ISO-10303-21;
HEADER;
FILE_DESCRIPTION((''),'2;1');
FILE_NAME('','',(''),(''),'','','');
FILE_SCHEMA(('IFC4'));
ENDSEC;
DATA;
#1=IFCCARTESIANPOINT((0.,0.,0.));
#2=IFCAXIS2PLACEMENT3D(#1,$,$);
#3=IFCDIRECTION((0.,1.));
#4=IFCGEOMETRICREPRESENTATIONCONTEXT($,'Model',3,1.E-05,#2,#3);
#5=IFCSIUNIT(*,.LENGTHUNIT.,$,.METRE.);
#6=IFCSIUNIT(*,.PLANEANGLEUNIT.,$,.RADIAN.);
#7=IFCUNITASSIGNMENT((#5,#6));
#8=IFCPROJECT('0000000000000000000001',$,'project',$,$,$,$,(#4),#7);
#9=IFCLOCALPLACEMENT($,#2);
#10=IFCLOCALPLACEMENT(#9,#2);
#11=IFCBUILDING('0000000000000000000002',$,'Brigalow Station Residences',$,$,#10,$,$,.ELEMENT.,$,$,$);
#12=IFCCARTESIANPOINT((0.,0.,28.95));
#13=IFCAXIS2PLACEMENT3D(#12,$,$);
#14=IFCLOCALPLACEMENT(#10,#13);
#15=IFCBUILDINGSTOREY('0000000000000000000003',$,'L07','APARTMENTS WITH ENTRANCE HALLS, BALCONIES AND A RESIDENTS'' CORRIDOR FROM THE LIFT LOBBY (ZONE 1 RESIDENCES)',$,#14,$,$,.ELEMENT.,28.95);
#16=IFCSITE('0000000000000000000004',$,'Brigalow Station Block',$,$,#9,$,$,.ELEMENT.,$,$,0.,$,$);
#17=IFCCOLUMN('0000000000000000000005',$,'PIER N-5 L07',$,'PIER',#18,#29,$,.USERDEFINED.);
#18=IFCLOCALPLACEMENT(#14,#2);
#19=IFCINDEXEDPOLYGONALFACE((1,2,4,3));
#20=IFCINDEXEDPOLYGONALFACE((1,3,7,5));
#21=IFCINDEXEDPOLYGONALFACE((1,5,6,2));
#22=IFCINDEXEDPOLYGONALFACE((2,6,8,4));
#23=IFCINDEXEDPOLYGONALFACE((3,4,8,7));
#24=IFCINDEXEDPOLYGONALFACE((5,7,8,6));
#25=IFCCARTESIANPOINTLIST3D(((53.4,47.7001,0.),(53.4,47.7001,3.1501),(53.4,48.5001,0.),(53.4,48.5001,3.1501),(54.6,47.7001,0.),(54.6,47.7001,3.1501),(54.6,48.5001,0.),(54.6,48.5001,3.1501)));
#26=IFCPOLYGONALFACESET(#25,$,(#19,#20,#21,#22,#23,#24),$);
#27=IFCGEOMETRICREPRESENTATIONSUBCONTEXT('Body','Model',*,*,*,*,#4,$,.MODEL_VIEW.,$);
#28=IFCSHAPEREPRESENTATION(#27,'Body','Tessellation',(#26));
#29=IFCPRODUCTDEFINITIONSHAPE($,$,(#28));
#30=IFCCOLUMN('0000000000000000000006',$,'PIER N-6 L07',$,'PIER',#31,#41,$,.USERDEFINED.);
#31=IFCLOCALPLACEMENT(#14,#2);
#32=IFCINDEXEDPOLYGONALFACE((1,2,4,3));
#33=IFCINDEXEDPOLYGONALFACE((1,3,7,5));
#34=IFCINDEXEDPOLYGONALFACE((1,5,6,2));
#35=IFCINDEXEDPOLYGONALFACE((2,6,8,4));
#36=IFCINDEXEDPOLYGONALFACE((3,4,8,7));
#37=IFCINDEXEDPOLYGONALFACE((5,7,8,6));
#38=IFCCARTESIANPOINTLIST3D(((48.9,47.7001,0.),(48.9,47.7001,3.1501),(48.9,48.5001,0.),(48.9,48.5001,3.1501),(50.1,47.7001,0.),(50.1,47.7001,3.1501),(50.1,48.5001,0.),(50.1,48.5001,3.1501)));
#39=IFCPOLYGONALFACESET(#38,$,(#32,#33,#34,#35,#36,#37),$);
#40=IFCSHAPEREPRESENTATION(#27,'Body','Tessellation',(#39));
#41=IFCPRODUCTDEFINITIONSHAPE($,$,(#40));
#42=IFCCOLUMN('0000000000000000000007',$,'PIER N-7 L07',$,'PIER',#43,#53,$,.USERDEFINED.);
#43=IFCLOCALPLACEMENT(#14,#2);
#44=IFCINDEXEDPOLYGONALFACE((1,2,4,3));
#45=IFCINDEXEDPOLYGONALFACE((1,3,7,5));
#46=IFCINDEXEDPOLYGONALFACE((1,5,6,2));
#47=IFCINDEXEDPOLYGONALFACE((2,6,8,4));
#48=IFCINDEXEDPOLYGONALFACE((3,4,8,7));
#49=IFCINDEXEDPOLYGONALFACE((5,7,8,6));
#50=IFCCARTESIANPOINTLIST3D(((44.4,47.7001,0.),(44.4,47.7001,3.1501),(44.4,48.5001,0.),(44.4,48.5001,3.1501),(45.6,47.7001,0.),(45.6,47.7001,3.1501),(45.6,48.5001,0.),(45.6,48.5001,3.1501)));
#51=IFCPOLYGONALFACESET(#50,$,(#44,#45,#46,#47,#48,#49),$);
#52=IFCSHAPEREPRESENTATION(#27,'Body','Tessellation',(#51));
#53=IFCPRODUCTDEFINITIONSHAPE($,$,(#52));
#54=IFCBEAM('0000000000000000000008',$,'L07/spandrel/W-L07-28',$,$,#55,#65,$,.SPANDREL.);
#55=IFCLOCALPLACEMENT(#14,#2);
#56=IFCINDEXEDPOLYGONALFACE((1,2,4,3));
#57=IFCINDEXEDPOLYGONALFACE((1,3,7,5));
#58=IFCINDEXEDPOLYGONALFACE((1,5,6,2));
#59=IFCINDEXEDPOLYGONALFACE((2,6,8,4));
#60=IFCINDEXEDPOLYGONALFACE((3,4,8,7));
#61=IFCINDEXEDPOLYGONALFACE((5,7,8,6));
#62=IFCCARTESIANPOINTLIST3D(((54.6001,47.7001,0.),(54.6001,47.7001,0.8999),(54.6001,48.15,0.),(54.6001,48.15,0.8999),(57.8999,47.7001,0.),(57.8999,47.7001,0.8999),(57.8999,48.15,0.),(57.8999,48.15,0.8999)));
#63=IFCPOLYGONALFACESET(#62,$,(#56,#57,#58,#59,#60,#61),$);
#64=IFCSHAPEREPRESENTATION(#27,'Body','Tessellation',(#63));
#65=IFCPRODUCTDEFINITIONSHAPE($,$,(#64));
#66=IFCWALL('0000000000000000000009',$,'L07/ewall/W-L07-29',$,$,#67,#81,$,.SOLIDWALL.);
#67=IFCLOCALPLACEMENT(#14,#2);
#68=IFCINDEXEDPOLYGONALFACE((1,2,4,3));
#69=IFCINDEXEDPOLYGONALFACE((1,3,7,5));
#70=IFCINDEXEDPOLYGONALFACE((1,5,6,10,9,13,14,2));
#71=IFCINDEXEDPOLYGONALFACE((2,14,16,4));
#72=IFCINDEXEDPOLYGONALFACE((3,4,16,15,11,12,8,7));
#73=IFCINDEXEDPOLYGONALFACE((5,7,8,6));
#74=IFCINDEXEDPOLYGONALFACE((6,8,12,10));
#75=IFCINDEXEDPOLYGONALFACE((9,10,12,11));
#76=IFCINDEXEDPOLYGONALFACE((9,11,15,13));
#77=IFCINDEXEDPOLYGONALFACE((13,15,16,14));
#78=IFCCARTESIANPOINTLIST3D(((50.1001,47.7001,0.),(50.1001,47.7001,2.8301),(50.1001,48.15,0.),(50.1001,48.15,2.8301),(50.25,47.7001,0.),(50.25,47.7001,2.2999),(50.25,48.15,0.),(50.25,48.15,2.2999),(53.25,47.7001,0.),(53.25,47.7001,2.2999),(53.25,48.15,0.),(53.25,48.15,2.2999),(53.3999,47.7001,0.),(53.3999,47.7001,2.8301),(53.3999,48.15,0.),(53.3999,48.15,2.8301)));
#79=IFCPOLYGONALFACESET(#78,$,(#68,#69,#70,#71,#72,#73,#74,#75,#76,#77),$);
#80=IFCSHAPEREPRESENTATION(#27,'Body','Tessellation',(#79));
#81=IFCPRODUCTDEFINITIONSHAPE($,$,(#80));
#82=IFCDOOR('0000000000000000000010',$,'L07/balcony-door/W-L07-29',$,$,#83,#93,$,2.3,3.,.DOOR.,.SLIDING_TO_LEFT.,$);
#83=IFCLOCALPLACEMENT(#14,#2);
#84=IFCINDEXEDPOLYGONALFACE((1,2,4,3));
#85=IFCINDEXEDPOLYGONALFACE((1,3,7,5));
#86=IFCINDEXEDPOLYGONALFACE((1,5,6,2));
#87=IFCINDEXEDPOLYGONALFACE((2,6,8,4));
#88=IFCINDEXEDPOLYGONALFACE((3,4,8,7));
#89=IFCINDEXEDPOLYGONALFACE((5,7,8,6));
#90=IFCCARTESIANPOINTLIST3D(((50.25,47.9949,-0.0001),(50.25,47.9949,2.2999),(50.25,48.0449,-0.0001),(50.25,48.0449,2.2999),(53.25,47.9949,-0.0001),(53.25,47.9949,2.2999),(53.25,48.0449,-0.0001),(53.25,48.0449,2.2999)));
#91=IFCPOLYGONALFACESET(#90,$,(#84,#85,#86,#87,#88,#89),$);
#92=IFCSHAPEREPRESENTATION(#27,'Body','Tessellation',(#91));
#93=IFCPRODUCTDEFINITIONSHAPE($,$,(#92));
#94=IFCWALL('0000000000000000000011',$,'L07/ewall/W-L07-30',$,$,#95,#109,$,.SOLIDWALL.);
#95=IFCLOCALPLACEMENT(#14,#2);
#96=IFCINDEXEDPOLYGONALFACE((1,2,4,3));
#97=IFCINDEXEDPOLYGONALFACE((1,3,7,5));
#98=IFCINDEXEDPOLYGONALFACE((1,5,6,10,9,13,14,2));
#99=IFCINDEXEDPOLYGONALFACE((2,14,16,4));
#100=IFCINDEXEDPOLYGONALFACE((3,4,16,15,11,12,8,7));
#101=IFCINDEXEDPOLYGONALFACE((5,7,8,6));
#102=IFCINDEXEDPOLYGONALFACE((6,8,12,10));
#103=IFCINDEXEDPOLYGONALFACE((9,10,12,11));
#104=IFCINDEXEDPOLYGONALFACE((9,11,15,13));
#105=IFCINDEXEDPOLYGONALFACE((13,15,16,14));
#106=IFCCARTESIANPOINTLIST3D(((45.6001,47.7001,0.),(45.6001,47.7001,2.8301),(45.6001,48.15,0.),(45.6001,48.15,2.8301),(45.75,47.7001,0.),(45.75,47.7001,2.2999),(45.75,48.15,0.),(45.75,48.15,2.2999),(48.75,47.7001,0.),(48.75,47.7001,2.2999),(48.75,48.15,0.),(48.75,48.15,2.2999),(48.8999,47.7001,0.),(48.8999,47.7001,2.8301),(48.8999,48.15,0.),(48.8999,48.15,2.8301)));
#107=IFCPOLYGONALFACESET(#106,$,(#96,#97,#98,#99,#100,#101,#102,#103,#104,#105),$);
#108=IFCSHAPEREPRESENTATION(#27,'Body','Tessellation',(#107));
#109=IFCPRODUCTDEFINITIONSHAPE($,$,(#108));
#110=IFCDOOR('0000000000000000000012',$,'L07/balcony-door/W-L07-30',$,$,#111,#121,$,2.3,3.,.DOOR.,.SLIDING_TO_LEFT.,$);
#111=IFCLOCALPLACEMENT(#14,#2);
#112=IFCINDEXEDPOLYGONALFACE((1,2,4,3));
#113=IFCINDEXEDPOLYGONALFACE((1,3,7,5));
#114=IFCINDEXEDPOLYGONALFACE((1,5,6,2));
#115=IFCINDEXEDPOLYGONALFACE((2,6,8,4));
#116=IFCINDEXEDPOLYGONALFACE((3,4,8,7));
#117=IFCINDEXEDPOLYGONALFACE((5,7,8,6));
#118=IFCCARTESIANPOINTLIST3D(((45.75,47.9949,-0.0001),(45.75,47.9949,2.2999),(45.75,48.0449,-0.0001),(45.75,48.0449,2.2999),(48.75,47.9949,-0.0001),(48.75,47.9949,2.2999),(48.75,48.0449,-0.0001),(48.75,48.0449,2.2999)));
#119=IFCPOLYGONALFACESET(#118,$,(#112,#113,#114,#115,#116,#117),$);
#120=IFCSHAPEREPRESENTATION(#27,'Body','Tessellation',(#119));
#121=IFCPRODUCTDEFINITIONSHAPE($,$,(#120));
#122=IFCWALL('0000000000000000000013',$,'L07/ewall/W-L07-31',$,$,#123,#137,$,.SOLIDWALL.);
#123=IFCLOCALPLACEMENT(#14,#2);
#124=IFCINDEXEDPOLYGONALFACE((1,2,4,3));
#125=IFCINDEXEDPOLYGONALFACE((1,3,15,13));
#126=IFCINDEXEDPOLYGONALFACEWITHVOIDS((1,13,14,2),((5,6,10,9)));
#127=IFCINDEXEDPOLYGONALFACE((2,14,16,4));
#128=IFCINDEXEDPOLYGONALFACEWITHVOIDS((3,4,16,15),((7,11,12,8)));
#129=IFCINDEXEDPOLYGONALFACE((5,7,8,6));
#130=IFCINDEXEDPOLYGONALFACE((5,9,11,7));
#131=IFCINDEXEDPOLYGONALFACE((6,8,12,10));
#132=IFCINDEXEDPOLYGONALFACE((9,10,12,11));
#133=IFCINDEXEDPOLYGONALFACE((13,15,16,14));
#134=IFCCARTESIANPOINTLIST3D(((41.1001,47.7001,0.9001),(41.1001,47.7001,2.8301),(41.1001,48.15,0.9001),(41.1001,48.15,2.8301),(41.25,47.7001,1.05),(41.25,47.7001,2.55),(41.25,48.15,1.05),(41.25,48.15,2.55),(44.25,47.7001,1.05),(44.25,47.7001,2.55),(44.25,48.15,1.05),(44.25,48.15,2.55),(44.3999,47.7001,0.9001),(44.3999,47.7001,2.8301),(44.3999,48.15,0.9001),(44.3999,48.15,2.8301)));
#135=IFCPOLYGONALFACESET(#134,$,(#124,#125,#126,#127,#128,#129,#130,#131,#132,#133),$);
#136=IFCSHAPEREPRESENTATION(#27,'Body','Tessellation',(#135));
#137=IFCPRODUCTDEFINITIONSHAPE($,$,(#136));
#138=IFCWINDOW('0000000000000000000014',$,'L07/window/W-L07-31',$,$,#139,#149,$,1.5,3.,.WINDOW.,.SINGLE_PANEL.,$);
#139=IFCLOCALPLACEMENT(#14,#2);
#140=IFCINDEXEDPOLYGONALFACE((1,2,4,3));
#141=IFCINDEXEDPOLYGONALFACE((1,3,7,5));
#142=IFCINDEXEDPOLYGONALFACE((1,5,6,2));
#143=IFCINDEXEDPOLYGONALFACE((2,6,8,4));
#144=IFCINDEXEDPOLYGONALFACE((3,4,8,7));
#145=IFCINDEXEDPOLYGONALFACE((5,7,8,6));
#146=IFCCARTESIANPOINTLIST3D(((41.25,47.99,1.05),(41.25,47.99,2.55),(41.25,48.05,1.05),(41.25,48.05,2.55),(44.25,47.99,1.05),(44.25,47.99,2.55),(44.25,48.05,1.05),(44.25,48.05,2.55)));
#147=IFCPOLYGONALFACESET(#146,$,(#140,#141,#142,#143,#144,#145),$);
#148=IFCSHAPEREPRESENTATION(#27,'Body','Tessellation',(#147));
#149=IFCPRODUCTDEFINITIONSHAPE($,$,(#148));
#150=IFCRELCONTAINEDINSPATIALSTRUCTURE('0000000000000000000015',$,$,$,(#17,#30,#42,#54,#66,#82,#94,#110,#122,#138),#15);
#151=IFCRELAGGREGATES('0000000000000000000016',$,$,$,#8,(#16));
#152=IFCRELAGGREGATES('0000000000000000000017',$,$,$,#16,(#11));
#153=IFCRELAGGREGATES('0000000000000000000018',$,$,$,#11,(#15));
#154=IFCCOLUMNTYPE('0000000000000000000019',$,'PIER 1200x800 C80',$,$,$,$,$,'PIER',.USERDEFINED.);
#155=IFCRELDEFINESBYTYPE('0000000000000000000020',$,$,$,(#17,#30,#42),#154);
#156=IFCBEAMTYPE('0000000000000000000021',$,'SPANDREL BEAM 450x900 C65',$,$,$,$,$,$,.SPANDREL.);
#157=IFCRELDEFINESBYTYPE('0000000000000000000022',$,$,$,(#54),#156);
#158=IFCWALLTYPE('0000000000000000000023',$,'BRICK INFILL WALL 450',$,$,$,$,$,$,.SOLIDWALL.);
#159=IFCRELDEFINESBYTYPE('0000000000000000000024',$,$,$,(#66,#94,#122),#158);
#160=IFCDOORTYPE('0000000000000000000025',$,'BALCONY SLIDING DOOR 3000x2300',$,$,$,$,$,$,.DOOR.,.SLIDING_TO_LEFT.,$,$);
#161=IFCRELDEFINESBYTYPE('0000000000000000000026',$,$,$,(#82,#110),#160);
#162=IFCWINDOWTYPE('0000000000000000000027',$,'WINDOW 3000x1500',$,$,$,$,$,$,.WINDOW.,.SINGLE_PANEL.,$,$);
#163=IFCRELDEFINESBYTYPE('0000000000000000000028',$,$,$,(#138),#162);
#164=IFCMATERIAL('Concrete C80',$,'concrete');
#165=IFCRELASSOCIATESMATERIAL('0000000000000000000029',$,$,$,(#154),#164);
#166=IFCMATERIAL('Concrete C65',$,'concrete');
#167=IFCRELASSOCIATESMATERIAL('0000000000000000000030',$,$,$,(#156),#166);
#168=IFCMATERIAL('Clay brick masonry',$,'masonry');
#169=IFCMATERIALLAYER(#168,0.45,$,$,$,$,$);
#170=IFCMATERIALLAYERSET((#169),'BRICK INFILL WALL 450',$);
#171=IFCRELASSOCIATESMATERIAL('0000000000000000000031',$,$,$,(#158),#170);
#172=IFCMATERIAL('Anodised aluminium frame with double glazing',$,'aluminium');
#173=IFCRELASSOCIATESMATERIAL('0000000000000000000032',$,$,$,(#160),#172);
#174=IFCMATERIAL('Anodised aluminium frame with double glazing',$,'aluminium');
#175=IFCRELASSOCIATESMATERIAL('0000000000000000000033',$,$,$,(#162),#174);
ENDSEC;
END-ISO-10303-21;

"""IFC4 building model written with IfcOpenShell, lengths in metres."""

from ifc_helpers import new_model, si_unit, direction, frame, frame_2d, origin, origin_2d, place, context, subcontext, project, spatial, rectangle, extrude, material, layer, layer_set, material_profile, profile_set, type_object, element, fill, save


model = new_model("IFC4")

# Units and contexts
model_context = context("Model", 3, precision=1e-05, world=origin(), true_north=direction((0.0, 1.0)))
body_context = subcontext(model_context, "Body", "Model", "MODEL_VIEW")
ifc_project = project(units=[si_unit("LENGTHUNIT", "METRE"), si_unit("PLANEANGLEUNIT", "RADIAN")], contexts=[model_context])

# Site, building, storey
site_placement = place(None, origin())
site = spatial("IfcSite", under=ifc_project, at=site_placement, Name="Brigalow Station Block", CompositionType="ELEMENT", RefElevation=0.0)
building_placement = place(site_placement, origin())
building = spatial("IfcBuilding", under=site, at=building_placement, Name="Brigalow Station Residences", CompositionType="ELEMENT")
storey_placement = place(building_placement, frame((0.0, 0.0, 28.95)))
storey = spatial("IfcBuildingStorey", under=building, at=storey_placement, Name="L07", Description="APARTMENTS WITH ENTRANCE HALLS, BALCONIES AND A RESIDENTS' CORRIDOR FROM THE LIFT LOBBY (ZONE 1 RESIDENCES)", CompositionType="ELEMENT", Elevation=28.95)

# Columns
ifc_material_1 = material(Name="Concrete C80", Category="concrete")
ifc_material_profile_1 = material_profile(ifc_material_1, rectangle(XDim=1.2, YDim=0.8, at=origin_2d()), Name="RC1200x800")
ifc_profile_set_1 = profile_set([ifc_material_profile_1], Name="Concrete C80")
column_type = type_object("IfcColumnType", Name="PIER 1200x800 C80", ElementType="PIER", PredefinedType="USERDEFINED", material=ifc_profile_set_1)
for number, where, z_axis, x_axis, name in (
    (1, (54.0, 48.1001, 0.0), (0.0, 0.0, 1.0), (-1.0, 0.0, 0.0), "PIER N-5 L07"),
    (2, (49.5, 48.1001, 0.0), (0.0, 0.0, 1.0), (-1.0, 0.0, 0.0), "PIER N-6 L07"),
    (3, (45.0, 48.1001, 0.0), (0.0, 0.0, 1.0), (-1.0, 0.0, 0.0), "PIER N-7 L07"),
):
    element("IfcColumn", number, at=place(storey_placement, frame(where, z_axis=z_axis, x_axis=x_axis)), inside=storey, type_object=column_type, Name=name, ObjectType="PIER", PredefinedType="USERDEFINED", context=body_context, shape_type="SweptSolid", body=[
        extrude(rectangle(XDim=1.2, YDim=0.8, at=origin_2d()), origin(), (0.0, 0.0, 1.0), 3.1501),
    ])

# Beam
ifc_material_2 = material(Name="Concrete C65", Category="concrete")
ifc_material_profile_2 = material_profile(ifc_material_2, rectangle(XDim=0.45, YDim=0.8999, at=origin_2d()), Name="RC450x900")
ifc_profile_set_2 = profile_set([ifc_material_profile_2], Name="Concrete C65")
beam_type = type_object("IfcBeamType", Name="SPANDREL BEAM 450x900 C65", PredefinedType="SPANDREL", material=ifc_profile_set_2)
beam_placement = place(storey_placement, frame((57.8999, 47.925, 0.45), z_axis=(-1.0, 0.0, 0.0), x_axis=(0.0, -1.0, 0.0)))
element("IfcBeam", 4, at=beam_placement, inside=storey, type_object=beam_type, Name="L07/spandrel/W-L07-28", PredefinedType="SPANDREL", context=body_context, shape_type="SweptSolid", body=[
    extrude(rectangle(XDim=0.45, YDim=0.8999, at=origin_2d()), origin(), (0.0, 0.0, 1.0), 3.2998),
])

# Walls, openings, doors
ifc_material_3 = material(Name="Clay brick masonry", Category="masonry")
ifc_layer_1 = layer(ifc_material_3, 0.45)
ifc_layer_set_1 = layer_set([ifc_layer_1], Name="BRICK INFILL WALL 450")
wall_type_1 = type_object("IfcWallType", Name="BRICK INFILL WALL 450", PredefinedType="SOLIDWALL", material=ifc_layer_set_1)
wall_1_placement = place(storey_placement, frame((53.3999, 47.925, 0.0), z_axis=(0.0, 0.0, 1.0), x_axis=(-1.0, 0.0, 0.0)))
wall_1 = element("IfcWall", 5, at=wall_1_placement, inside=storey, type_object=wall_type_1, Name="L07/ewall/W-L07-29", PredefinedType="SOLIDWALL", context=body_context, shape_type="SweptSolid", body=[
    extrude(rectangle(XDim=3.2998, YDim=0.45, at=frame_2d((1.6499, 0.0))), origin(), (0.0, 0.0, 1.0), 2.8301),
])
opening_1_placement = place(wall_1_placement, frame((0.1499, 0.0, 0.0)))
opening_1 = element("IfcOpeningElement", 6, at=opening_1_placement, cuts=wall_1, PredefinedType="OPENING", context=body_context, shape_type="SweptSolid", body=[
    extrude(rectangle(XDim=3.0, YDim=2.3, at=frame_2d((1.5, 1.1499))), frame((0.0, 0.2349, 0.0), z_axis=(0.0, -1.0, 0.0), x_axis=(1.0, 0.0, 0.0)), (0.0, 0.0, 1.0), 0.47),
])
ifc_material_4 = material(Name="Anodised aluminium frame with double glazing", Category="aluminium")
door_type_1 = type_object("IfcDoorType", Name="BALCONY SLIDING DOOR 3000x2300", OperationType="SLIDING_TO_LEFT", PredefinedType="DOOR", material=ifc_material_4)
door_1_placement = place(opening_1_placement, origin())
door_1 = element("IfcDoor", 7, at=door_1_placement, inside=storey, type_object=door_type_1, Name="L07/balcony-door/W-L07-29", OperationType="SLIDING_TO_LEFT", OverallHeight=2.3, OverallWidth=3.0, PredefinedType="DOOR", context=body_context, shape_type="SweptSolid", body=[
    extrude(rectangle(XDim=3.0, YDim=2.3, at=frame_2d((1.5, 1.1499))), frame((0.0, -0.0698, 0.0), z_axis=(0.0, -1.0, 0.0), x_axis=(1.0, 0.0, 0.0)), (0.0, 0.0, 1.0), 0.05),
])
fill(opening_1, door_1)
wall_2_placement = place(storey_placement, frame((48.8999, 47.925, 0.0), z_axis=(0.0, 0.0, 1.0), x_axis=(-1.0, 0.0, 0.0)))
wall_2 = element("IfcWall", 8, at=wall_2_placement, inside=storey, type_object=wall_type_1, Name="L07/ewall/W-L07-30", PredefinedType="SOLIDWALL", context=body_context, shape_type="SweptSolid", body=[
    extrude(rectangle(XDim=3.2998, YDim=0.45, at=frame_2d((1.6499, 0.0))), origin(), (0.0, 0.0, 1.0), 2.8301),
])
opening_2_placement = place(wall_2_placement, frame((0.1499, 0.0, 0.0)))
opening_2 = element("IfcOpeningElement", 9, at=opening_2_placement, cuts=wall_2, PredefinedType="OPENING", context=body_context, shape_type="SweptSolid", body=[
    extrude(rectangle(XDim=3.0, YDim=2.3, at=frame_2d((1.5, 1.1499))), frame((0.0, 0.2349, 0.0), z_axis=(0.0, -1.0, 0.0), x_axis=(1.0, 0.0, 0.0)), (0.0, 0.0, 1.0), 0.47),
])
door_2_placement = place(opening_2_placement, origin())
door_2 = element("IfcDoor", 10, at=door_2_placement, inside=storey, type_object=door_type_1, Name="L07/balcony-door/W-L07-30", OperationType="SLIDING_TO_LEFT", OverallHeight=2.3, OverallWidth=3.0, PredefinedType="DOOR", context=body_context, shape_type="SweptSolid", body=[
    extrude(rectangle(XDim=3.0, YDim=2.3, at=frame_2d((1.5, 1.1499))), frame((0.0, -0.0698, 0.0), z_axis=(0.0, -1.0, 0.0), x_axis=(1.0, 0.0, 0.0)), (0.0, 0.0, 1.0), 0.05),
])
fill(opening_2, door_2)

# Wall, opening, window
wall_3_placement = place(storey_placement, frame((44.3999, 47.925, 0.9001), z_axis=(0.0, 0.0, 1.0), x_axis=(-1.0, 0.0, 0.0)))
wall_3 = element("IfcWall", 11, at=wall_3_placement, inside=storey, type_object=wall_type_1, Name="L07/ewall/W-L07-31", PredefinedType="SOLIDWALL", context=body_context, shape_type="SweptSolid", body=[
    extrude(rectangle(XDim=3.2998, YDim=0.45, at=frame_2d((1.6499, 0.0))), origin(), (0.0, 0.0, 1.0), 1.9299),
])
opening_3_placement = place(wall_3_placement, frame((0.1499, 0.0, 0.1499)))
opening_3 = element("IfcOpeningElement", 12, at=opening_3_placement, cuts=wall_3, PredefinedType="OPENING", context=body_context, shape_type="SweptSolid", body=[
    extrude(rectangle(XDim=3.0, YDim=1.5, at=frame_2d((1.5, 0.75))), frame((0.0, 0.2349, 0.0), z_axis=(0.0, -1.0, 0.0), x_axis=(1.0, 0.0, 0.0)), (0.0, 0.0, 1.0), 0.47),
])
ifc_material_5 = material(Name="Anodised aluminium frame with double glazing", Category="aluminium")
window_type = type_object("IfcWindowType", Name="WINDOW 3000x1500", PartitioningType="SINGLE_PANEL", PredefinedType="WINDOW", material=ifc_material_5)
window_placement = place(opening_3_placement, origin())
window = element("IfcWindow", 13, at=window_placement, inside=storey, type_object=window_type, Name="L07/window/W-L07-31", OverallHeight=1.5, OverallWidth=3.0, PartitioningType="SINGLE_PANEL", PredefinedType="WINDOW", context=body_context, shape_type="SweptSolid", body=[
    extrude(rectangle(XDim=3.0, YDim=1.5, at=frame_2d((1.5, 0.75))), frame((0.0, -0.0649, 0.0), z_axis=(0.0, -1.0, 0.0), x_axis=(1.0, 0.0, 0.0)), (0.0, 0.0, 1.0), 0.0601),
])
fill(opening_3, window)

save(model, "model.ifc")
